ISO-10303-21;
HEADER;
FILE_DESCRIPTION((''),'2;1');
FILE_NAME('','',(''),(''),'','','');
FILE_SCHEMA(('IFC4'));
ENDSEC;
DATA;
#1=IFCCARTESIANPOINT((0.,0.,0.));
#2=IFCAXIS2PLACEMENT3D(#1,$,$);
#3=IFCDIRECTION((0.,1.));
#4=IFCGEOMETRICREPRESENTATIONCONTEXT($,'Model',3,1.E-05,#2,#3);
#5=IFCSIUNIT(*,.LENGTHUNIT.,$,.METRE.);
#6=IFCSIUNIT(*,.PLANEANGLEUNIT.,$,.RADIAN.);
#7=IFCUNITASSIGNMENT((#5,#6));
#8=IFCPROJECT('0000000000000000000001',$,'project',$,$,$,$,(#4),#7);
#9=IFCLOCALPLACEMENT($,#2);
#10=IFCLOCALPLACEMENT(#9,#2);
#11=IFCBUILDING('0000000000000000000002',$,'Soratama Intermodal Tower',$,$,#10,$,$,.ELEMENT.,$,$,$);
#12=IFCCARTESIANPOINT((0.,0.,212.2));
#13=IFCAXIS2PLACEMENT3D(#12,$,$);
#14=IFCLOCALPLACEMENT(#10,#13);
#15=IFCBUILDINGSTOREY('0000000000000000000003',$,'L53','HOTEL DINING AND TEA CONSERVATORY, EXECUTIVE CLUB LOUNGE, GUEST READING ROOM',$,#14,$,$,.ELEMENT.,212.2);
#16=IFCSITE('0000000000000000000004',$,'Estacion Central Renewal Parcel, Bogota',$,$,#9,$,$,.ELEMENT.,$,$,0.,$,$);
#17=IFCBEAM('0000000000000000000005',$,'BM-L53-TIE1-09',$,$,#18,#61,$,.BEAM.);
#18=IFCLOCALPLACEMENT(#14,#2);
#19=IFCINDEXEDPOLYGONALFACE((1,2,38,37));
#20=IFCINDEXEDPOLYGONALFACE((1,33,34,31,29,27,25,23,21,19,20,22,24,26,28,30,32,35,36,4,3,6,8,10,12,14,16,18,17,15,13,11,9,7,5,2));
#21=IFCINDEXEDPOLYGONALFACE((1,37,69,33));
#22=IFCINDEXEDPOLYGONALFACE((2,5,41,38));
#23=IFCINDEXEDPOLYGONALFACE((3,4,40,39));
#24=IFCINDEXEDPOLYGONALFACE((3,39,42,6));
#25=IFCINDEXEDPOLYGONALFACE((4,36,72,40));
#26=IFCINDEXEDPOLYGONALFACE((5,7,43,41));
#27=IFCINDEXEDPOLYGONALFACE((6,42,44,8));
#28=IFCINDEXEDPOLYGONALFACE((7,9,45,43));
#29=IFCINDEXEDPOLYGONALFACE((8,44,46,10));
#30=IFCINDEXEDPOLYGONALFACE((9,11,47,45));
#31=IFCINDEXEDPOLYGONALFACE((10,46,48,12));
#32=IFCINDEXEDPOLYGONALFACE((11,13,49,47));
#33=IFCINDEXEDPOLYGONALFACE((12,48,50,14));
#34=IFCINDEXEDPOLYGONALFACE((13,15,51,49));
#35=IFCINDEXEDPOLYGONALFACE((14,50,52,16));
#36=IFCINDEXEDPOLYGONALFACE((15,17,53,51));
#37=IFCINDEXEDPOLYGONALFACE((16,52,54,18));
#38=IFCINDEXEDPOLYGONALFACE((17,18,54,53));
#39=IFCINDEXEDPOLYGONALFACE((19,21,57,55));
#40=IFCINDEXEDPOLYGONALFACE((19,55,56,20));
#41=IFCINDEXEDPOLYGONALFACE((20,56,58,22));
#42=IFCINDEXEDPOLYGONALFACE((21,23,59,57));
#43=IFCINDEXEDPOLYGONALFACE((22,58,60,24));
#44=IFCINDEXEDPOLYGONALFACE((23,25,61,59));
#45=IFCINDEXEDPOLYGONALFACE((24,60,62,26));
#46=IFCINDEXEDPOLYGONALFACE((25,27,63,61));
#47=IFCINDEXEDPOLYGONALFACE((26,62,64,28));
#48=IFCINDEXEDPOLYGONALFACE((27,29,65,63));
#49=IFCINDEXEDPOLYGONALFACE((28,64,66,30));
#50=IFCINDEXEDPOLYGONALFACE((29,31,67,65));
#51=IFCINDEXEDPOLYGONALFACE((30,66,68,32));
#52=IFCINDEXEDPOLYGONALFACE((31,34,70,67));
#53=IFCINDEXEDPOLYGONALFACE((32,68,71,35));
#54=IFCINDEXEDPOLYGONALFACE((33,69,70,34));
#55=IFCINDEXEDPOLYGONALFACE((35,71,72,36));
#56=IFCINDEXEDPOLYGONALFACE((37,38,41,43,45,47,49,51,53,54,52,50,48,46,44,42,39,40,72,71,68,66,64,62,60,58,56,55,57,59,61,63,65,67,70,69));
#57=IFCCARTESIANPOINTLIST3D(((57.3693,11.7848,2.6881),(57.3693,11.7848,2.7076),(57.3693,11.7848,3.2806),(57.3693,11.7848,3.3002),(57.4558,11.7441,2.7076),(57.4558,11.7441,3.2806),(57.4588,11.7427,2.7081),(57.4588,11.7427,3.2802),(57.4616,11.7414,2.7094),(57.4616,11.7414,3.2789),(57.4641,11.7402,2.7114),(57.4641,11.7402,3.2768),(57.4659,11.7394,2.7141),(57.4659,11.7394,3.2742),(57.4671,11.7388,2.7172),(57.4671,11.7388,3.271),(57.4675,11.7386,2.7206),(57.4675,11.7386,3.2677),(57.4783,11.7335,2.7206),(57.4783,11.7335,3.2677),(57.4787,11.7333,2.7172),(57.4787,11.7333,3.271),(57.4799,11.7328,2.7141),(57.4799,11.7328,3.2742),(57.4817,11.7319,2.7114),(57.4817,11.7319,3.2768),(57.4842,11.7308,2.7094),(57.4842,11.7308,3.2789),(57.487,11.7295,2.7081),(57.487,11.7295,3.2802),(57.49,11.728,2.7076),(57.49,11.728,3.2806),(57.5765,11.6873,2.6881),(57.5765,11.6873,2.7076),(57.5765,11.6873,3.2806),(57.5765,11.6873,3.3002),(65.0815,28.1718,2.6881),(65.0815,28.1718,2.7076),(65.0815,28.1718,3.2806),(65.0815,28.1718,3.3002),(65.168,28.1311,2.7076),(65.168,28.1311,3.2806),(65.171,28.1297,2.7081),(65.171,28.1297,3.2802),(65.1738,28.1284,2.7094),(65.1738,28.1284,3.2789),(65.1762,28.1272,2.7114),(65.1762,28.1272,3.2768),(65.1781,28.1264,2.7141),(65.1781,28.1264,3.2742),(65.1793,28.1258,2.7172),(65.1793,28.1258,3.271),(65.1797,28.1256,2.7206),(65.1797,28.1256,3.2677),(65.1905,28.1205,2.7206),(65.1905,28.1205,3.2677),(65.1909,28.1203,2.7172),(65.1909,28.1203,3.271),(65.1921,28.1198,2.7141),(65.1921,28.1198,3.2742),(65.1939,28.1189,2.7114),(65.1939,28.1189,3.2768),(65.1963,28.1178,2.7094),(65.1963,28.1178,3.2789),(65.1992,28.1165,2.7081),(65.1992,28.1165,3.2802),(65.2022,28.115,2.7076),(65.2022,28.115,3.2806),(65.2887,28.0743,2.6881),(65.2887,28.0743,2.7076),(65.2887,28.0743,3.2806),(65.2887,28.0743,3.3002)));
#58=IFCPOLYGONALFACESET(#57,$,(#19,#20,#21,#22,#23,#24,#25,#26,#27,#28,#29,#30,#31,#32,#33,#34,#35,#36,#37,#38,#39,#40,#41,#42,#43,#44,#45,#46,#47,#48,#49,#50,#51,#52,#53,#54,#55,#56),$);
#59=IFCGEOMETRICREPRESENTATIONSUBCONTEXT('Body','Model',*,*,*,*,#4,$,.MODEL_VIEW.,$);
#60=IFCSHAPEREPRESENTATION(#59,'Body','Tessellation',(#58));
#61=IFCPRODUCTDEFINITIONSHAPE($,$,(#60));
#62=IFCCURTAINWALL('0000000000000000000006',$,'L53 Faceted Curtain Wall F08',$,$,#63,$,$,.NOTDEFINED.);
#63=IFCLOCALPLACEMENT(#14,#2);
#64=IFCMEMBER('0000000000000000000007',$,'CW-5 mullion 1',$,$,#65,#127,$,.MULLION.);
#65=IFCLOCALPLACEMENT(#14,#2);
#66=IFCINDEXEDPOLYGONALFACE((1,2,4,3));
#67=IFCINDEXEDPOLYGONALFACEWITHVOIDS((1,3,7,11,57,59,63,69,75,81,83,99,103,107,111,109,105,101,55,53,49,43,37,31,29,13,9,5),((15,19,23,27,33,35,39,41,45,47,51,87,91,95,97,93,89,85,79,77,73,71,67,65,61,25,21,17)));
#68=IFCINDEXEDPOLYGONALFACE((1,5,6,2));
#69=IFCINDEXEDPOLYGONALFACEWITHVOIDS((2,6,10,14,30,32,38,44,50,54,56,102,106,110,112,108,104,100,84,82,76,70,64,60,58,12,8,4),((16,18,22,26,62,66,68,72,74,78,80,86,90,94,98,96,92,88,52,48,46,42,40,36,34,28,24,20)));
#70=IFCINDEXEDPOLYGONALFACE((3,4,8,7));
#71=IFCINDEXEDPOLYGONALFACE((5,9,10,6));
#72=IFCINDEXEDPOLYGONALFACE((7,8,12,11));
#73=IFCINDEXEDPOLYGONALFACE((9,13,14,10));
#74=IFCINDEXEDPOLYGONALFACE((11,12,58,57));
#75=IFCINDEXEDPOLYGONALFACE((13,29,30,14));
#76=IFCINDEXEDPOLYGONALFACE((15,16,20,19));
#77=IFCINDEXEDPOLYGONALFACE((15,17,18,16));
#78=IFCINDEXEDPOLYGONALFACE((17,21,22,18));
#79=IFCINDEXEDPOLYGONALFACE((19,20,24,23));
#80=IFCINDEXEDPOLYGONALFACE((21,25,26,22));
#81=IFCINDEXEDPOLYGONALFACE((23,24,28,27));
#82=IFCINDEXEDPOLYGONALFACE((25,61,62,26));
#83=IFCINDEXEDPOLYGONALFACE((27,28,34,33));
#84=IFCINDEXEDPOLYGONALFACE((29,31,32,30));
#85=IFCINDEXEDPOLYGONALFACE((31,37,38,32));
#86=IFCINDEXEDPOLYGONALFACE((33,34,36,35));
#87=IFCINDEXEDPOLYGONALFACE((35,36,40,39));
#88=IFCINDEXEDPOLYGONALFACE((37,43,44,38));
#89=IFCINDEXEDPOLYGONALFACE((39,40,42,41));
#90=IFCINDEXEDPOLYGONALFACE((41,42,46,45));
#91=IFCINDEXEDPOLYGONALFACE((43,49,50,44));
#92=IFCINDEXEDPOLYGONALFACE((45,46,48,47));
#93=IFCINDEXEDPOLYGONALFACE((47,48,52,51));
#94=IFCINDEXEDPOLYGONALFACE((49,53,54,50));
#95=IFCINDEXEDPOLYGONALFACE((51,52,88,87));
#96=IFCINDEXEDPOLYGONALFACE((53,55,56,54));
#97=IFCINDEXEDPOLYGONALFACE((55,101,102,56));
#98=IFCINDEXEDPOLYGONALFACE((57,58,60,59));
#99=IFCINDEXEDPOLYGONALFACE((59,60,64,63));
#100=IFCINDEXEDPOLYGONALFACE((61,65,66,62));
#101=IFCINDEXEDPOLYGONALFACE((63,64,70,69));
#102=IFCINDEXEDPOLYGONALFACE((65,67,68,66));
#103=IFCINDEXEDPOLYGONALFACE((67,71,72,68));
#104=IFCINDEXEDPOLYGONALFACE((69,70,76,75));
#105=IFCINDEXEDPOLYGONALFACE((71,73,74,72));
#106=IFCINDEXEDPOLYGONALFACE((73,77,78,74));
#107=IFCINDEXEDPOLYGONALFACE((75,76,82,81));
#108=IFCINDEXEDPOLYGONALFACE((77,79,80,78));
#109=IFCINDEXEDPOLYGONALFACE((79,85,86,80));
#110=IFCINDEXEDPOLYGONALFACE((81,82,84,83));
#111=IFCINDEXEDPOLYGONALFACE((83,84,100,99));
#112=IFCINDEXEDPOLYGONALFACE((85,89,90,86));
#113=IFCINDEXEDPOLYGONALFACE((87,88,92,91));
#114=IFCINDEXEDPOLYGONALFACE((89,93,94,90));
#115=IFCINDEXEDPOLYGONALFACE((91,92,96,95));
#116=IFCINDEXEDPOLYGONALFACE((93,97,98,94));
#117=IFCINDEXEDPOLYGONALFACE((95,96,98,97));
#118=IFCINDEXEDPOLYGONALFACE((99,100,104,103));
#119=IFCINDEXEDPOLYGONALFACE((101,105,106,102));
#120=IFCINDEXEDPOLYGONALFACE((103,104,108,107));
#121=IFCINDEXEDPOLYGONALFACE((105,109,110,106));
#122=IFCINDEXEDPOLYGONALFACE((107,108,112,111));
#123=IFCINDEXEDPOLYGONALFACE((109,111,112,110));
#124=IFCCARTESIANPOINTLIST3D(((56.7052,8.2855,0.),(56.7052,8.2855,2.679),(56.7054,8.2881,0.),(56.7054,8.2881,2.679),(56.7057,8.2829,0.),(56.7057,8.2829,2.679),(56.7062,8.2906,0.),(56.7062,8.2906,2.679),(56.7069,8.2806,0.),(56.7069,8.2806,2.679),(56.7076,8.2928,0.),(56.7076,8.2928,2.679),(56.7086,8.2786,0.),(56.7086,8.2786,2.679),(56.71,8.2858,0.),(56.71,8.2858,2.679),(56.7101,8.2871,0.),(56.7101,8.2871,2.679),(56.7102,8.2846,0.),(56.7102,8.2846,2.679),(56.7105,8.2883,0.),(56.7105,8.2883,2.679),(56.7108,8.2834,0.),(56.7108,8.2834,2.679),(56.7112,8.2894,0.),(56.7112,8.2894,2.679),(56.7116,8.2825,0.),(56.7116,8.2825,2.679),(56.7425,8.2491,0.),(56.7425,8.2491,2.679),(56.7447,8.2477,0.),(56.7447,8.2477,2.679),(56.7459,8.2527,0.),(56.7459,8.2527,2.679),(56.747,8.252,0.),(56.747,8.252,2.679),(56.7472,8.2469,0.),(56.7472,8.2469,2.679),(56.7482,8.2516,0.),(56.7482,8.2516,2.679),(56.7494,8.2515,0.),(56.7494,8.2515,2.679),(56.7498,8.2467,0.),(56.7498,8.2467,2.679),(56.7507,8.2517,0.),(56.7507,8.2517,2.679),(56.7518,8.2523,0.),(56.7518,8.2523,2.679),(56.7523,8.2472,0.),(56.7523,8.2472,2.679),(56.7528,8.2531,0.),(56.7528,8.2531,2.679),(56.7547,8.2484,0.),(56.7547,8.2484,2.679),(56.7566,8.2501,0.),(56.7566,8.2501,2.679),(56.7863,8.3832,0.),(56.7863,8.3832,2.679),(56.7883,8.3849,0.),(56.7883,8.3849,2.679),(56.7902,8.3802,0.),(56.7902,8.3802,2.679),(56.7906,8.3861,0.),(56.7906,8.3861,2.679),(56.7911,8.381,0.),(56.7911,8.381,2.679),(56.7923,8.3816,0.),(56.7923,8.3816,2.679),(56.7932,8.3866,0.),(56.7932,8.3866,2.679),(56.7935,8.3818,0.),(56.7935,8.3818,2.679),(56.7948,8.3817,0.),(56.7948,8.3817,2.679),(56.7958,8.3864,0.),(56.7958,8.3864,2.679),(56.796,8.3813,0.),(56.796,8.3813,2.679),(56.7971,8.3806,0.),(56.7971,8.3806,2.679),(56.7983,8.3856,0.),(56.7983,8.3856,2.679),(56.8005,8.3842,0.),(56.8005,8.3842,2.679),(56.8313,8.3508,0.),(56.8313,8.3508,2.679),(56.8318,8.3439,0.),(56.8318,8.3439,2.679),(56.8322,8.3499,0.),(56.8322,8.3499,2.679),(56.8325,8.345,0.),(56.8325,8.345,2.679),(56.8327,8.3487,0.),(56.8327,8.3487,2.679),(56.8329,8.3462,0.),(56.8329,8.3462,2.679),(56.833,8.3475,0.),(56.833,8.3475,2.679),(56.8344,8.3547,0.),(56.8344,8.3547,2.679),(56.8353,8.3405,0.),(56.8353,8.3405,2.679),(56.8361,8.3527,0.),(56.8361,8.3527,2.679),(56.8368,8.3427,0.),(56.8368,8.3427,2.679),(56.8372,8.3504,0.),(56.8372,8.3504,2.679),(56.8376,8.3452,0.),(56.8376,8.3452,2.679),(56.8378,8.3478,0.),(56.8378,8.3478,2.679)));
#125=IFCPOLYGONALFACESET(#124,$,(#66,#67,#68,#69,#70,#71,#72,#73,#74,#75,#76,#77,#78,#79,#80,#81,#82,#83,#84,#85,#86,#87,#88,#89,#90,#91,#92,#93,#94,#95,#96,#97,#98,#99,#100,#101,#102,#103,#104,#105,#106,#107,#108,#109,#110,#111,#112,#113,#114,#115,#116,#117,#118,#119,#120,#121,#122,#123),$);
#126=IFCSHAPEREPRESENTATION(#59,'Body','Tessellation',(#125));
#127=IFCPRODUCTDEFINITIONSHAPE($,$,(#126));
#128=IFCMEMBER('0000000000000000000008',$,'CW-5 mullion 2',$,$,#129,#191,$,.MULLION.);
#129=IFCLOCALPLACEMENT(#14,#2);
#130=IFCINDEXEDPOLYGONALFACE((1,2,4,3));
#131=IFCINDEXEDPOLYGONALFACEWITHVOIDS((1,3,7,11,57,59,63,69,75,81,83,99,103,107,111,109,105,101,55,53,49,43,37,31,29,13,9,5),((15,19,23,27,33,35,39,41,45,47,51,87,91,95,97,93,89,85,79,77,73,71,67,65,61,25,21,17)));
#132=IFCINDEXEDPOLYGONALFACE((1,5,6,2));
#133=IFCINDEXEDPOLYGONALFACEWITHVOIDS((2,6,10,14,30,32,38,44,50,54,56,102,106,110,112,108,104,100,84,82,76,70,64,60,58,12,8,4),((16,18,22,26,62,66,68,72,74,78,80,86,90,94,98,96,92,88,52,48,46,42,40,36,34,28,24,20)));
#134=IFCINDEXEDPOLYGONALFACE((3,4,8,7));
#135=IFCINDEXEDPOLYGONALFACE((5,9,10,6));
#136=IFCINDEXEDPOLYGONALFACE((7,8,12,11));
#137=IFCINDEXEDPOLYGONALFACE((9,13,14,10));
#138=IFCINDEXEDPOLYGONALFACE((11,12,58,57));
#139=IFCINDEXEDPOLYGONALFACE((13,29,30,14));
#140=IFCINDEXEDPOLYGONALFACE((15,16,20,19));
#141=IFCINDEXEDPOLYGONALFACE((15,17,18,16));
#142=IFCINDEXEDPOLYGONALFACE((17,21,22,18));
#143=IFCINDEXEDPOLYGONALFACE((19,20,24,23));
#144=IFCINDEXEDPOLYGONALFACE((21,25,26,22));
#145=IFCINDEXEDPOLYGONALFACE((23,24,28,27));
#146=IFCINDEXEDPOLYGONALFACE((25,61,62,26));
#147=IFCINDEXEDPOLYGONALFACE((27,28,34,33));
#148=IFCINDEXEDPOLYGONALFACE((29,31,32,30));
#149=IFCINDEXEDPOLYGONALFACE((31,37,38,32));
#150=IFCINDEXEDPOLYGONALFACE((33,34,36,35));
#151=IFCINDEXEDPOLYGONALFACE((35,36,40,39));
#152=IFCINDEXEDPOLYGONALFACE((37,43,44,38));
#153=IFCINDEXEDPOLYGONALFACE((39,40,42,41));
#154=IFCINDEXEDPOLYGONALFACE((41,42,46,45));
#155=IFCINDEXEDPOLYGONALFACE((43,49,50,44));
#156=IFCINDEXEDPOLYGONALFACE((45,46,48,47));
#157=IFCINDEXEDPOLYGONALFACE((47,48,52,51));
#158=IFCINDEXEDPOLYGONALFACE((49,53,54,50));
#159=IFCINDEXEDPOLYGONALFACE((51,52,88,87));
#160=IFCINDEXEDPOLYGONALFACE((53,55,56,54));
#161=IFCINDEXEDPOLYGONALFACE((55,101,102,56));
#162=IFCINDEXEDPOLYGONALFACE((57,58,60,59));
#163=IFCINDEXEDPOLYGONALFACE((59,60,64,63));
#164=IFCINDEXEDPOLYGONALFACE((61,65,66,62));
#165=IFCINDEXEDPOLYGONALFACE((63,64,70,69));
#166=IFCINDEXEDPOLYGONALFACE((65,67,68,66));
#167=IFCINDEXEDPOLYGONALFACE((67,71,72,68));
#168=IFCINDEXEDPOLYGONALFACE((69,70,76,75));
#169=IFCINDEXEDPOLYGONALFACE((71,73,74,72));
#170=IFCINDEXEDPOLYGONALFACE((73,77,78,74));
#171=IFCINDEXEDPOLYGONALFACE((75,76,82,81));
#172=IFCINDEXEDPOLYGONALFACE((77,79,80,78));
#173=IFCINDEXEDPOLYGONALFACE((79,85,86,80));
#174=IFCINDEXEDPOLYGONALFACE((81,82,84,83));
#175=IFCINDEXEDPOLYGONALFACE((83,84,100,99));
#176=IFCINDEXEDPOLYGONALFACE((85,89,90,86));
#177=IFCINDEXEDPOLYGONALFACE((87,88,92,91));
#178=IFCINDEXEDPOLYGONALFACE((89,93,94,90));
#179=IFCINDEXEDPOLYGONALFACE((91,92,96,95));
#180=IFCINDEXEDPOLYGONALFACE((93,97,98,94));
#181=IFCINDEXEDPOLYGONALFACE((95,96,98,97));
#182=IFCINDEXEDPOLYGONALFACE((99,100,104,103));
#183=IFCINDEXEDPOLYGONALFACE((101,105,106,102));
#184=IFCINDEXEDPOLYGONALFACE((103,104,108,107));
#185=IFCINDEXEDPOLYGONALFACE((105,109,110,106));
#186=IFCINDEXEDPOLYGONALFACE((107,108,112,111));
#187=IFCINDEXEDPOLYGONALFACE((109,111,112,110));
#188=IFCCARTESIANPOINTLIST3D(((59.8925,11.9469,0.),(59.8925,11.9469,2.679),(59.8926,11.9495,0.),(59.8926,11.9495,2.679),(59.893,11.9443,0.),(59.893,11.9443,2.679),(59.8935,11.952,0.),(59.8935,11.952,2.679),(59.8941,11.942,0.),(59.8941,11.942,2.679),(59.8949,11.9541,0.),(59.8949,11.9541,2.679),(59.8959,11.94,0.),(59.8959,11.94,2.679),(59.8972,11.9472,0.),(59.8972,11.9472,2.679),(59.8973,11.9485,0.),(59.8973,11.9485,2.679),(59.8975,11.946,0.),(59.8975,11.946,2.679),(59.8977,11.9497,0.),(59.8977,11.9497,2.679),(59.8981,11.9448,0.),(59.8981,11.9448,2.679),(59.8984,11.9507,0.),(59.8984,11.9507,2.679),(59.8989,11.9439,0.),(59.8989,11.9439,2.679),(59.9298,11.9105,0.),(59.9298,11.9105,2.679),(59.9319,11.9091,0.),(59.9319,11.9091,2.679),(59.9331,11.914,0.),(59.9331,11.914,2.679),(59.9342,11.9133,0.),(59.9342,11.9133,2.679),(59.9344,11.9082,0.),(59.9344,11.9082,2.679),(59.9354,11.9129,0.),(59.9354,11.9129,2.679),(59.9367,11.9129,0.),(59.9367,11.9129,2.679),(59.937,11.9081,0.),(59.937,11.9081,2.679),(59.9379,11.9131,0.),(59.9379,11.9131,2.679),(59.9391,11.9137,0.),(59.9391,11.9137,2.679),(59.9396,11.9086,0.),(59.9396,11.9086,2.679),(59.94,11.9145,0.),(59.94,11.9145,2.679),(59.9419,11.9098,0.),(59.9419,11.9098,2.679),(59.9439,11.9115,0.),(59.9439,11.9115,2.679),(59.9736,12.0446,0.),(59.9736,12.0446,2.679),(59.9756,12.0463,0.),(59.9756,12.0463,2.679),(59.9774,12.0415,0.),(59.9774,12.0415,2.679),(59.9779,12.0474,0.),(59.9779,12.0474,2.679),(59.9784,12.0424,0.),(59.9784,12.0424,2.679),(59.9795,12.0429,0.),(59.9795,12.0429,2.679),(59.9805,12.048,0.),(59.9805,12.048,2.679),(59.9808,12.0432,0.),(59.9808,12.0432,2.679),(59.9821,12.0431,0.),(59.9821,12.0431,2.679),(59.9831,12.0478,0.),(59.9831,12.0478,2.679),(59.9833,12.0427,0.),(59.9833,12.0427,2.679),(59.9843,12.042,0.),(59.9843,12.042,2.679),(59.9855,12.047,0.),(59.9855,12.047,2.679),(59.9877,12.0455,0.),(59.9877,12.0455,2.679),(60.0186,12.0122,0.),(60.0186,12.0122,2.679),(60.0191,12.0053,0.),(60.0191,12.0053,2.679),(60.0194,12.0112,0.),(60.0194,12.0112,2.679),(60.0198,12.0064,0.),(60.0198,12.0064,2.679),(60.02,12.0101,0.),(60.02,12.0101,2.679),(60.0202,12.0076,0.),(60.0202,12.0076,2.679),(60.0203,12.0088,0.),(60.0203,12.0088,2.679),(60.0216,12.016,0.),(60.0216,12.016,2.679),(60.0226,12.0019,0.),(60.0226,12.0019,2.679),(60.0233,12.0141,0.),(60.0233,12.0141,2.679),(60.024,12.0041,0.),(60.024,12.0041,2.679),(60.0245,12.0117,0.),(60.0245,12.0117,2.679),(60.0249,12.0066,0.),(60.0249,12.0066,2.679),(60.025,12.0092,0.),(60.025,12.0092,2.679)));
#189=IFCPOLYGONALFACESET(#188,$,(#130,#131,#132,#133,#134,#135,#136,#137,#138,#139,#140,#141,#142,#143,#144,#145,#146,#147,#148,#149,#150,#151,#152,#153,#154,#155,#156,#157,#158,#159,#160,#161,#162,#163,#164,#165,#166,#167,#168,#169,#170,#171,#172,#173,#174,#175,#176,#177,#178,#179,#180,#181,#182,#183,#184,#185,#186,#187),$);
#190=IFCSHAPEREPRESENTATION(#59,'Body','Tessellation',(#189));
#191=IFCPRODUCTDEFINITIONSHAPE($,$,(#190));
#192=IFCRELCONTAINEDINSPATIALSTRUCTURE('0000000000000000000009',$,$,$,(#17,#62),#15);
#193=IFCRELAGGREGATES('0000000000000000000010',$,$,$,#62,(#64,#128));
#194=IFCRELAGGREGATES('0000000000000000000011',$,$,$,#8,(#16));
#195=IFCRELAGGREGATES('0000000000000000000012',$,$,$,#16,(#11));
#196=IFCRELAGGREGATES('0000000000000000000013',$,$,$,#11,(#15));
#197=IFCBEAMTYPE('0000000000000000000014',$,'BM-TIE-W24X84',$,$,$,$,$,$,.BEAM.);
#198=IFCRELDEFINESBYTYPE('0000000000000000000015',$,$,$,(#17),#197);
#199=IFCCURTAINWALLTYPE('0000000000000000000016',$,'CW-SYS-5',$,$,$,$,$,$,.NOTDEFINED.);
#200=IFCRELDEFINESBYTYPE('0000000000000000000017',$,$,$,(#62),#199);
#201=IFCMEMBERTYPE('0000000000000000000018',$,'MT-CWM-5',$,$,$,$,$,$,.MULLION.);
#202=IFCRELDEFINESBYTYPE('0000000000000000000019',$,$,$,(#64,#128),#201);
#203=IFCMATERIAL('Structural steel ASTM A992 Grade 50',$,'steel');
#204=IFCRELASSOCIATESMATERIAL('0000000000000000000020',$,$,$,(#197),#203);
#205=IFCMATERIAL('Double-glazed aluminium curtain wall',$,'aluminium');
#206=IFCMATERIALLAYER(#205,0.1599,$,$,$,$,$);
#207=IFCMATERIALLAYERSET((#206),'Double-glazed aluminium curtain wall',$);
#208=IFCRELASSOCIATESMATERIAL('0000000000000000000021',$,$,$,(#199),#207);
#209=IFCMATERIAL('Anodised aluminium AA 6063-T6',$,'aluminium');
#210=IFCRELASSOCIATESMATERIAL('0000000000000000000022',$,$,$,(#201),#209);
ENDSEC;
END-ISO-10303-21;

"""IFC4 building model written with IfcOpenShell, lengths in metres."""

from ifc_helpers import new_model, si_unit, direction, frame, origin, origin_2d, place, context, subcontext, project, spatial, hollow_rectangle, i_section, extrude, material, layer, layer_set, material_profile, profile_set, type_object, element, aggregate, save


model = new_model("IFC4")

# Units and contexts
model_context = context("Model", 3, precision=1e-05, world=origin(), true_north=direction((0.0, 1.0)))
body_context = subcontext(model_context, "Body", "Model", "MODEL_VIEW")
ifc_project = project(units=[si_unit("LENGTHUNIT", "METRE"), si_unit("PLANEANGLEUNIT", "RADIAN")], contexts=[model_context])

# Site, building, storey
site_placement = place(None, origin())
site = spatial("IfcSite", under=ifc_project, at=site_placement, Name="Estacion Central Renewal Parcel, Bogota", CompositionType="ELEMENT", RefElevation=0.0)
building_placement = place(site_placement, origin())
building = spatial("IfcBuilding", under=site, at=building_placement, Name="Soratama Intermodal Tower", CompositionType="ELEMENT")
storey_placement = place(building_placement, frame((0.0, 0.0, 212.2)))
storey = spatial("IfcBuildingStorey", under=building, at=storey_placement, Name="L53", Description="HOTEL DINING AND TEA CONSERVATORY, EXECUTIVE CLUB LOUNGE, GUEST READING ROOM", CompositionType="ELEMENT", Elevation=212.2)

# Beam
ifc_material_1 = material(Name="Structural steel ASTM A992 Grade 50", Category="steel")
ifc_material_profile_1 = material_profile(ifc_material_1, i_section(OverallWidth=0.229, OverallDepth=0.6121, WebThickness=0.012, FlangeThickness=0.0195, FilletRadius=0.0129, at=origin_2d()), Name="W24X84")
ifc_profile_set_1 = profile_set([ifc_material_profile_1], Name="Structural steel ASTM A992 Grade 50")
beam_type_1 = type_object("IfcBeamType", Name="BM-TIE-W24X84", PredefinedType="BEAM", material=ifc_profile_set_1)
beam_1_placement = place(storey_placement, frame((57.4729, 11.7361, 2.9941), z_axis=(0.425826, 0.904805, 0.0), x_axis=(-0.904805, 0.425826, 0.0)))
element("IfcBeam", 1, at=beam_1_placement, inside=storey, type_object=beam_type_1, Name="BM-L53-TIE1-09", PredefinedType="BEAM", context=body_context, shape_type="SweptSolid", body=[
    extrude(i_section(OverallWidth=0.229, OverallDepth=0.6121, WebThickness=0.012, FlangeThickness=0.0195, FilletRadius=0.0129, at=origin_2d()), origin(), (0.0, 0.0, 1.0), 18.1111),
])

# Curtain wall, members
ifc_material_2 = material(Name="Double-glazed aluminium curtain wall", Category="aluminium")
ifc_layer_1 = layer(ifc_material_2, 0.1599)
ifc_layer_set_1 = layer_set([ifc_layer_1], Name="Double-glazed aluminium curtain wall")
curtain_wall_type = type_object("IfcCurtainWallType", Name="CW-SYS-5", PredefinedType="NOTDEFINED", material=ifc_layer_set_1)
curtain_wall_placement = place(storey_placement, origin())
curtain_wall = element("IfcCurtainWall", 2, at=curtain_wall_placement, inside=storey, type_object=curtain_wall_type, Name="L53 Faceted Curtain Wall F08", PredefinedType="NOTDEFINED")
ifc_material_3 = material(Name="Anodised aluminium AA 6063-T6", Category="aluminium")
ifc_material_profile_2 = material_profile(ifc_material_3, hollow_rectangle(XDim=0.0649, YDim=0.1399, WallThickness=0.0049, InnerFilletRadius=0.0049, OuterFilletRadius=0.01, at=origin_2d()), Name="CWM140X65X5")
ifc_profile_set_2 = profile_set([ifc_material_profile_2], Name="Anodised aluminium AA 6063-T6")
member_type_1 = type_object("IfcMemberType", Name="MT-CWM-5", PredefinedType="MULLION", material=ifc_profile_set_2)
member_1_placement = place(storey_placement, frame((56.7715, 8.3167, 0.0), z_axis=(0.0, 0.0, 1.0), x_axis=(-0.754252, 0.656585, 0.0)))
member_1 = element("IfcMember", 3, at=member_1_placement, type_object=member_type_1, Name="CW-5 mullion 1", PredefinedType="MULLION", context=body_context, shape_type="SweptSolid", body=[
    extrude(hollow_rectangle(XDim=0.0649, YDim=0.1399, WallThickness=0.0049, InnerFilletRadius=0.0049, OuterFilletRadius=0.01, at=origin_2d()), origin(), (0.0, 0.0, 1.0), 2.679),
])
member_2_placement = place(storey_placement, frame((59.9587, 11.978, 0.0), z_axis=(0.0, 0.0, 1.0), x_axis=(-0.754252, 0.656585, 0.0)))
member_2 = element("IfcMember", 4, at=member_2_placement, type_object=member_type_1, Name="CW-5 mullion 2", PredefinedType="MULLION", context=body_context, shape_type="SweptSolid", body=[
    extrude(hollow_rectangle(XDim=0.0649, YDim=0.1399, WallThickness=0.0049, InnerFilletRadius=0.0049, OuterFilletRadius=0.01, at=origin_2d()), origin(), (0.0, 0.0, 1.0), 2.679),
])
aggregate(curtain_wall, [member_1, member_2])

save(model, "model.ifc")
